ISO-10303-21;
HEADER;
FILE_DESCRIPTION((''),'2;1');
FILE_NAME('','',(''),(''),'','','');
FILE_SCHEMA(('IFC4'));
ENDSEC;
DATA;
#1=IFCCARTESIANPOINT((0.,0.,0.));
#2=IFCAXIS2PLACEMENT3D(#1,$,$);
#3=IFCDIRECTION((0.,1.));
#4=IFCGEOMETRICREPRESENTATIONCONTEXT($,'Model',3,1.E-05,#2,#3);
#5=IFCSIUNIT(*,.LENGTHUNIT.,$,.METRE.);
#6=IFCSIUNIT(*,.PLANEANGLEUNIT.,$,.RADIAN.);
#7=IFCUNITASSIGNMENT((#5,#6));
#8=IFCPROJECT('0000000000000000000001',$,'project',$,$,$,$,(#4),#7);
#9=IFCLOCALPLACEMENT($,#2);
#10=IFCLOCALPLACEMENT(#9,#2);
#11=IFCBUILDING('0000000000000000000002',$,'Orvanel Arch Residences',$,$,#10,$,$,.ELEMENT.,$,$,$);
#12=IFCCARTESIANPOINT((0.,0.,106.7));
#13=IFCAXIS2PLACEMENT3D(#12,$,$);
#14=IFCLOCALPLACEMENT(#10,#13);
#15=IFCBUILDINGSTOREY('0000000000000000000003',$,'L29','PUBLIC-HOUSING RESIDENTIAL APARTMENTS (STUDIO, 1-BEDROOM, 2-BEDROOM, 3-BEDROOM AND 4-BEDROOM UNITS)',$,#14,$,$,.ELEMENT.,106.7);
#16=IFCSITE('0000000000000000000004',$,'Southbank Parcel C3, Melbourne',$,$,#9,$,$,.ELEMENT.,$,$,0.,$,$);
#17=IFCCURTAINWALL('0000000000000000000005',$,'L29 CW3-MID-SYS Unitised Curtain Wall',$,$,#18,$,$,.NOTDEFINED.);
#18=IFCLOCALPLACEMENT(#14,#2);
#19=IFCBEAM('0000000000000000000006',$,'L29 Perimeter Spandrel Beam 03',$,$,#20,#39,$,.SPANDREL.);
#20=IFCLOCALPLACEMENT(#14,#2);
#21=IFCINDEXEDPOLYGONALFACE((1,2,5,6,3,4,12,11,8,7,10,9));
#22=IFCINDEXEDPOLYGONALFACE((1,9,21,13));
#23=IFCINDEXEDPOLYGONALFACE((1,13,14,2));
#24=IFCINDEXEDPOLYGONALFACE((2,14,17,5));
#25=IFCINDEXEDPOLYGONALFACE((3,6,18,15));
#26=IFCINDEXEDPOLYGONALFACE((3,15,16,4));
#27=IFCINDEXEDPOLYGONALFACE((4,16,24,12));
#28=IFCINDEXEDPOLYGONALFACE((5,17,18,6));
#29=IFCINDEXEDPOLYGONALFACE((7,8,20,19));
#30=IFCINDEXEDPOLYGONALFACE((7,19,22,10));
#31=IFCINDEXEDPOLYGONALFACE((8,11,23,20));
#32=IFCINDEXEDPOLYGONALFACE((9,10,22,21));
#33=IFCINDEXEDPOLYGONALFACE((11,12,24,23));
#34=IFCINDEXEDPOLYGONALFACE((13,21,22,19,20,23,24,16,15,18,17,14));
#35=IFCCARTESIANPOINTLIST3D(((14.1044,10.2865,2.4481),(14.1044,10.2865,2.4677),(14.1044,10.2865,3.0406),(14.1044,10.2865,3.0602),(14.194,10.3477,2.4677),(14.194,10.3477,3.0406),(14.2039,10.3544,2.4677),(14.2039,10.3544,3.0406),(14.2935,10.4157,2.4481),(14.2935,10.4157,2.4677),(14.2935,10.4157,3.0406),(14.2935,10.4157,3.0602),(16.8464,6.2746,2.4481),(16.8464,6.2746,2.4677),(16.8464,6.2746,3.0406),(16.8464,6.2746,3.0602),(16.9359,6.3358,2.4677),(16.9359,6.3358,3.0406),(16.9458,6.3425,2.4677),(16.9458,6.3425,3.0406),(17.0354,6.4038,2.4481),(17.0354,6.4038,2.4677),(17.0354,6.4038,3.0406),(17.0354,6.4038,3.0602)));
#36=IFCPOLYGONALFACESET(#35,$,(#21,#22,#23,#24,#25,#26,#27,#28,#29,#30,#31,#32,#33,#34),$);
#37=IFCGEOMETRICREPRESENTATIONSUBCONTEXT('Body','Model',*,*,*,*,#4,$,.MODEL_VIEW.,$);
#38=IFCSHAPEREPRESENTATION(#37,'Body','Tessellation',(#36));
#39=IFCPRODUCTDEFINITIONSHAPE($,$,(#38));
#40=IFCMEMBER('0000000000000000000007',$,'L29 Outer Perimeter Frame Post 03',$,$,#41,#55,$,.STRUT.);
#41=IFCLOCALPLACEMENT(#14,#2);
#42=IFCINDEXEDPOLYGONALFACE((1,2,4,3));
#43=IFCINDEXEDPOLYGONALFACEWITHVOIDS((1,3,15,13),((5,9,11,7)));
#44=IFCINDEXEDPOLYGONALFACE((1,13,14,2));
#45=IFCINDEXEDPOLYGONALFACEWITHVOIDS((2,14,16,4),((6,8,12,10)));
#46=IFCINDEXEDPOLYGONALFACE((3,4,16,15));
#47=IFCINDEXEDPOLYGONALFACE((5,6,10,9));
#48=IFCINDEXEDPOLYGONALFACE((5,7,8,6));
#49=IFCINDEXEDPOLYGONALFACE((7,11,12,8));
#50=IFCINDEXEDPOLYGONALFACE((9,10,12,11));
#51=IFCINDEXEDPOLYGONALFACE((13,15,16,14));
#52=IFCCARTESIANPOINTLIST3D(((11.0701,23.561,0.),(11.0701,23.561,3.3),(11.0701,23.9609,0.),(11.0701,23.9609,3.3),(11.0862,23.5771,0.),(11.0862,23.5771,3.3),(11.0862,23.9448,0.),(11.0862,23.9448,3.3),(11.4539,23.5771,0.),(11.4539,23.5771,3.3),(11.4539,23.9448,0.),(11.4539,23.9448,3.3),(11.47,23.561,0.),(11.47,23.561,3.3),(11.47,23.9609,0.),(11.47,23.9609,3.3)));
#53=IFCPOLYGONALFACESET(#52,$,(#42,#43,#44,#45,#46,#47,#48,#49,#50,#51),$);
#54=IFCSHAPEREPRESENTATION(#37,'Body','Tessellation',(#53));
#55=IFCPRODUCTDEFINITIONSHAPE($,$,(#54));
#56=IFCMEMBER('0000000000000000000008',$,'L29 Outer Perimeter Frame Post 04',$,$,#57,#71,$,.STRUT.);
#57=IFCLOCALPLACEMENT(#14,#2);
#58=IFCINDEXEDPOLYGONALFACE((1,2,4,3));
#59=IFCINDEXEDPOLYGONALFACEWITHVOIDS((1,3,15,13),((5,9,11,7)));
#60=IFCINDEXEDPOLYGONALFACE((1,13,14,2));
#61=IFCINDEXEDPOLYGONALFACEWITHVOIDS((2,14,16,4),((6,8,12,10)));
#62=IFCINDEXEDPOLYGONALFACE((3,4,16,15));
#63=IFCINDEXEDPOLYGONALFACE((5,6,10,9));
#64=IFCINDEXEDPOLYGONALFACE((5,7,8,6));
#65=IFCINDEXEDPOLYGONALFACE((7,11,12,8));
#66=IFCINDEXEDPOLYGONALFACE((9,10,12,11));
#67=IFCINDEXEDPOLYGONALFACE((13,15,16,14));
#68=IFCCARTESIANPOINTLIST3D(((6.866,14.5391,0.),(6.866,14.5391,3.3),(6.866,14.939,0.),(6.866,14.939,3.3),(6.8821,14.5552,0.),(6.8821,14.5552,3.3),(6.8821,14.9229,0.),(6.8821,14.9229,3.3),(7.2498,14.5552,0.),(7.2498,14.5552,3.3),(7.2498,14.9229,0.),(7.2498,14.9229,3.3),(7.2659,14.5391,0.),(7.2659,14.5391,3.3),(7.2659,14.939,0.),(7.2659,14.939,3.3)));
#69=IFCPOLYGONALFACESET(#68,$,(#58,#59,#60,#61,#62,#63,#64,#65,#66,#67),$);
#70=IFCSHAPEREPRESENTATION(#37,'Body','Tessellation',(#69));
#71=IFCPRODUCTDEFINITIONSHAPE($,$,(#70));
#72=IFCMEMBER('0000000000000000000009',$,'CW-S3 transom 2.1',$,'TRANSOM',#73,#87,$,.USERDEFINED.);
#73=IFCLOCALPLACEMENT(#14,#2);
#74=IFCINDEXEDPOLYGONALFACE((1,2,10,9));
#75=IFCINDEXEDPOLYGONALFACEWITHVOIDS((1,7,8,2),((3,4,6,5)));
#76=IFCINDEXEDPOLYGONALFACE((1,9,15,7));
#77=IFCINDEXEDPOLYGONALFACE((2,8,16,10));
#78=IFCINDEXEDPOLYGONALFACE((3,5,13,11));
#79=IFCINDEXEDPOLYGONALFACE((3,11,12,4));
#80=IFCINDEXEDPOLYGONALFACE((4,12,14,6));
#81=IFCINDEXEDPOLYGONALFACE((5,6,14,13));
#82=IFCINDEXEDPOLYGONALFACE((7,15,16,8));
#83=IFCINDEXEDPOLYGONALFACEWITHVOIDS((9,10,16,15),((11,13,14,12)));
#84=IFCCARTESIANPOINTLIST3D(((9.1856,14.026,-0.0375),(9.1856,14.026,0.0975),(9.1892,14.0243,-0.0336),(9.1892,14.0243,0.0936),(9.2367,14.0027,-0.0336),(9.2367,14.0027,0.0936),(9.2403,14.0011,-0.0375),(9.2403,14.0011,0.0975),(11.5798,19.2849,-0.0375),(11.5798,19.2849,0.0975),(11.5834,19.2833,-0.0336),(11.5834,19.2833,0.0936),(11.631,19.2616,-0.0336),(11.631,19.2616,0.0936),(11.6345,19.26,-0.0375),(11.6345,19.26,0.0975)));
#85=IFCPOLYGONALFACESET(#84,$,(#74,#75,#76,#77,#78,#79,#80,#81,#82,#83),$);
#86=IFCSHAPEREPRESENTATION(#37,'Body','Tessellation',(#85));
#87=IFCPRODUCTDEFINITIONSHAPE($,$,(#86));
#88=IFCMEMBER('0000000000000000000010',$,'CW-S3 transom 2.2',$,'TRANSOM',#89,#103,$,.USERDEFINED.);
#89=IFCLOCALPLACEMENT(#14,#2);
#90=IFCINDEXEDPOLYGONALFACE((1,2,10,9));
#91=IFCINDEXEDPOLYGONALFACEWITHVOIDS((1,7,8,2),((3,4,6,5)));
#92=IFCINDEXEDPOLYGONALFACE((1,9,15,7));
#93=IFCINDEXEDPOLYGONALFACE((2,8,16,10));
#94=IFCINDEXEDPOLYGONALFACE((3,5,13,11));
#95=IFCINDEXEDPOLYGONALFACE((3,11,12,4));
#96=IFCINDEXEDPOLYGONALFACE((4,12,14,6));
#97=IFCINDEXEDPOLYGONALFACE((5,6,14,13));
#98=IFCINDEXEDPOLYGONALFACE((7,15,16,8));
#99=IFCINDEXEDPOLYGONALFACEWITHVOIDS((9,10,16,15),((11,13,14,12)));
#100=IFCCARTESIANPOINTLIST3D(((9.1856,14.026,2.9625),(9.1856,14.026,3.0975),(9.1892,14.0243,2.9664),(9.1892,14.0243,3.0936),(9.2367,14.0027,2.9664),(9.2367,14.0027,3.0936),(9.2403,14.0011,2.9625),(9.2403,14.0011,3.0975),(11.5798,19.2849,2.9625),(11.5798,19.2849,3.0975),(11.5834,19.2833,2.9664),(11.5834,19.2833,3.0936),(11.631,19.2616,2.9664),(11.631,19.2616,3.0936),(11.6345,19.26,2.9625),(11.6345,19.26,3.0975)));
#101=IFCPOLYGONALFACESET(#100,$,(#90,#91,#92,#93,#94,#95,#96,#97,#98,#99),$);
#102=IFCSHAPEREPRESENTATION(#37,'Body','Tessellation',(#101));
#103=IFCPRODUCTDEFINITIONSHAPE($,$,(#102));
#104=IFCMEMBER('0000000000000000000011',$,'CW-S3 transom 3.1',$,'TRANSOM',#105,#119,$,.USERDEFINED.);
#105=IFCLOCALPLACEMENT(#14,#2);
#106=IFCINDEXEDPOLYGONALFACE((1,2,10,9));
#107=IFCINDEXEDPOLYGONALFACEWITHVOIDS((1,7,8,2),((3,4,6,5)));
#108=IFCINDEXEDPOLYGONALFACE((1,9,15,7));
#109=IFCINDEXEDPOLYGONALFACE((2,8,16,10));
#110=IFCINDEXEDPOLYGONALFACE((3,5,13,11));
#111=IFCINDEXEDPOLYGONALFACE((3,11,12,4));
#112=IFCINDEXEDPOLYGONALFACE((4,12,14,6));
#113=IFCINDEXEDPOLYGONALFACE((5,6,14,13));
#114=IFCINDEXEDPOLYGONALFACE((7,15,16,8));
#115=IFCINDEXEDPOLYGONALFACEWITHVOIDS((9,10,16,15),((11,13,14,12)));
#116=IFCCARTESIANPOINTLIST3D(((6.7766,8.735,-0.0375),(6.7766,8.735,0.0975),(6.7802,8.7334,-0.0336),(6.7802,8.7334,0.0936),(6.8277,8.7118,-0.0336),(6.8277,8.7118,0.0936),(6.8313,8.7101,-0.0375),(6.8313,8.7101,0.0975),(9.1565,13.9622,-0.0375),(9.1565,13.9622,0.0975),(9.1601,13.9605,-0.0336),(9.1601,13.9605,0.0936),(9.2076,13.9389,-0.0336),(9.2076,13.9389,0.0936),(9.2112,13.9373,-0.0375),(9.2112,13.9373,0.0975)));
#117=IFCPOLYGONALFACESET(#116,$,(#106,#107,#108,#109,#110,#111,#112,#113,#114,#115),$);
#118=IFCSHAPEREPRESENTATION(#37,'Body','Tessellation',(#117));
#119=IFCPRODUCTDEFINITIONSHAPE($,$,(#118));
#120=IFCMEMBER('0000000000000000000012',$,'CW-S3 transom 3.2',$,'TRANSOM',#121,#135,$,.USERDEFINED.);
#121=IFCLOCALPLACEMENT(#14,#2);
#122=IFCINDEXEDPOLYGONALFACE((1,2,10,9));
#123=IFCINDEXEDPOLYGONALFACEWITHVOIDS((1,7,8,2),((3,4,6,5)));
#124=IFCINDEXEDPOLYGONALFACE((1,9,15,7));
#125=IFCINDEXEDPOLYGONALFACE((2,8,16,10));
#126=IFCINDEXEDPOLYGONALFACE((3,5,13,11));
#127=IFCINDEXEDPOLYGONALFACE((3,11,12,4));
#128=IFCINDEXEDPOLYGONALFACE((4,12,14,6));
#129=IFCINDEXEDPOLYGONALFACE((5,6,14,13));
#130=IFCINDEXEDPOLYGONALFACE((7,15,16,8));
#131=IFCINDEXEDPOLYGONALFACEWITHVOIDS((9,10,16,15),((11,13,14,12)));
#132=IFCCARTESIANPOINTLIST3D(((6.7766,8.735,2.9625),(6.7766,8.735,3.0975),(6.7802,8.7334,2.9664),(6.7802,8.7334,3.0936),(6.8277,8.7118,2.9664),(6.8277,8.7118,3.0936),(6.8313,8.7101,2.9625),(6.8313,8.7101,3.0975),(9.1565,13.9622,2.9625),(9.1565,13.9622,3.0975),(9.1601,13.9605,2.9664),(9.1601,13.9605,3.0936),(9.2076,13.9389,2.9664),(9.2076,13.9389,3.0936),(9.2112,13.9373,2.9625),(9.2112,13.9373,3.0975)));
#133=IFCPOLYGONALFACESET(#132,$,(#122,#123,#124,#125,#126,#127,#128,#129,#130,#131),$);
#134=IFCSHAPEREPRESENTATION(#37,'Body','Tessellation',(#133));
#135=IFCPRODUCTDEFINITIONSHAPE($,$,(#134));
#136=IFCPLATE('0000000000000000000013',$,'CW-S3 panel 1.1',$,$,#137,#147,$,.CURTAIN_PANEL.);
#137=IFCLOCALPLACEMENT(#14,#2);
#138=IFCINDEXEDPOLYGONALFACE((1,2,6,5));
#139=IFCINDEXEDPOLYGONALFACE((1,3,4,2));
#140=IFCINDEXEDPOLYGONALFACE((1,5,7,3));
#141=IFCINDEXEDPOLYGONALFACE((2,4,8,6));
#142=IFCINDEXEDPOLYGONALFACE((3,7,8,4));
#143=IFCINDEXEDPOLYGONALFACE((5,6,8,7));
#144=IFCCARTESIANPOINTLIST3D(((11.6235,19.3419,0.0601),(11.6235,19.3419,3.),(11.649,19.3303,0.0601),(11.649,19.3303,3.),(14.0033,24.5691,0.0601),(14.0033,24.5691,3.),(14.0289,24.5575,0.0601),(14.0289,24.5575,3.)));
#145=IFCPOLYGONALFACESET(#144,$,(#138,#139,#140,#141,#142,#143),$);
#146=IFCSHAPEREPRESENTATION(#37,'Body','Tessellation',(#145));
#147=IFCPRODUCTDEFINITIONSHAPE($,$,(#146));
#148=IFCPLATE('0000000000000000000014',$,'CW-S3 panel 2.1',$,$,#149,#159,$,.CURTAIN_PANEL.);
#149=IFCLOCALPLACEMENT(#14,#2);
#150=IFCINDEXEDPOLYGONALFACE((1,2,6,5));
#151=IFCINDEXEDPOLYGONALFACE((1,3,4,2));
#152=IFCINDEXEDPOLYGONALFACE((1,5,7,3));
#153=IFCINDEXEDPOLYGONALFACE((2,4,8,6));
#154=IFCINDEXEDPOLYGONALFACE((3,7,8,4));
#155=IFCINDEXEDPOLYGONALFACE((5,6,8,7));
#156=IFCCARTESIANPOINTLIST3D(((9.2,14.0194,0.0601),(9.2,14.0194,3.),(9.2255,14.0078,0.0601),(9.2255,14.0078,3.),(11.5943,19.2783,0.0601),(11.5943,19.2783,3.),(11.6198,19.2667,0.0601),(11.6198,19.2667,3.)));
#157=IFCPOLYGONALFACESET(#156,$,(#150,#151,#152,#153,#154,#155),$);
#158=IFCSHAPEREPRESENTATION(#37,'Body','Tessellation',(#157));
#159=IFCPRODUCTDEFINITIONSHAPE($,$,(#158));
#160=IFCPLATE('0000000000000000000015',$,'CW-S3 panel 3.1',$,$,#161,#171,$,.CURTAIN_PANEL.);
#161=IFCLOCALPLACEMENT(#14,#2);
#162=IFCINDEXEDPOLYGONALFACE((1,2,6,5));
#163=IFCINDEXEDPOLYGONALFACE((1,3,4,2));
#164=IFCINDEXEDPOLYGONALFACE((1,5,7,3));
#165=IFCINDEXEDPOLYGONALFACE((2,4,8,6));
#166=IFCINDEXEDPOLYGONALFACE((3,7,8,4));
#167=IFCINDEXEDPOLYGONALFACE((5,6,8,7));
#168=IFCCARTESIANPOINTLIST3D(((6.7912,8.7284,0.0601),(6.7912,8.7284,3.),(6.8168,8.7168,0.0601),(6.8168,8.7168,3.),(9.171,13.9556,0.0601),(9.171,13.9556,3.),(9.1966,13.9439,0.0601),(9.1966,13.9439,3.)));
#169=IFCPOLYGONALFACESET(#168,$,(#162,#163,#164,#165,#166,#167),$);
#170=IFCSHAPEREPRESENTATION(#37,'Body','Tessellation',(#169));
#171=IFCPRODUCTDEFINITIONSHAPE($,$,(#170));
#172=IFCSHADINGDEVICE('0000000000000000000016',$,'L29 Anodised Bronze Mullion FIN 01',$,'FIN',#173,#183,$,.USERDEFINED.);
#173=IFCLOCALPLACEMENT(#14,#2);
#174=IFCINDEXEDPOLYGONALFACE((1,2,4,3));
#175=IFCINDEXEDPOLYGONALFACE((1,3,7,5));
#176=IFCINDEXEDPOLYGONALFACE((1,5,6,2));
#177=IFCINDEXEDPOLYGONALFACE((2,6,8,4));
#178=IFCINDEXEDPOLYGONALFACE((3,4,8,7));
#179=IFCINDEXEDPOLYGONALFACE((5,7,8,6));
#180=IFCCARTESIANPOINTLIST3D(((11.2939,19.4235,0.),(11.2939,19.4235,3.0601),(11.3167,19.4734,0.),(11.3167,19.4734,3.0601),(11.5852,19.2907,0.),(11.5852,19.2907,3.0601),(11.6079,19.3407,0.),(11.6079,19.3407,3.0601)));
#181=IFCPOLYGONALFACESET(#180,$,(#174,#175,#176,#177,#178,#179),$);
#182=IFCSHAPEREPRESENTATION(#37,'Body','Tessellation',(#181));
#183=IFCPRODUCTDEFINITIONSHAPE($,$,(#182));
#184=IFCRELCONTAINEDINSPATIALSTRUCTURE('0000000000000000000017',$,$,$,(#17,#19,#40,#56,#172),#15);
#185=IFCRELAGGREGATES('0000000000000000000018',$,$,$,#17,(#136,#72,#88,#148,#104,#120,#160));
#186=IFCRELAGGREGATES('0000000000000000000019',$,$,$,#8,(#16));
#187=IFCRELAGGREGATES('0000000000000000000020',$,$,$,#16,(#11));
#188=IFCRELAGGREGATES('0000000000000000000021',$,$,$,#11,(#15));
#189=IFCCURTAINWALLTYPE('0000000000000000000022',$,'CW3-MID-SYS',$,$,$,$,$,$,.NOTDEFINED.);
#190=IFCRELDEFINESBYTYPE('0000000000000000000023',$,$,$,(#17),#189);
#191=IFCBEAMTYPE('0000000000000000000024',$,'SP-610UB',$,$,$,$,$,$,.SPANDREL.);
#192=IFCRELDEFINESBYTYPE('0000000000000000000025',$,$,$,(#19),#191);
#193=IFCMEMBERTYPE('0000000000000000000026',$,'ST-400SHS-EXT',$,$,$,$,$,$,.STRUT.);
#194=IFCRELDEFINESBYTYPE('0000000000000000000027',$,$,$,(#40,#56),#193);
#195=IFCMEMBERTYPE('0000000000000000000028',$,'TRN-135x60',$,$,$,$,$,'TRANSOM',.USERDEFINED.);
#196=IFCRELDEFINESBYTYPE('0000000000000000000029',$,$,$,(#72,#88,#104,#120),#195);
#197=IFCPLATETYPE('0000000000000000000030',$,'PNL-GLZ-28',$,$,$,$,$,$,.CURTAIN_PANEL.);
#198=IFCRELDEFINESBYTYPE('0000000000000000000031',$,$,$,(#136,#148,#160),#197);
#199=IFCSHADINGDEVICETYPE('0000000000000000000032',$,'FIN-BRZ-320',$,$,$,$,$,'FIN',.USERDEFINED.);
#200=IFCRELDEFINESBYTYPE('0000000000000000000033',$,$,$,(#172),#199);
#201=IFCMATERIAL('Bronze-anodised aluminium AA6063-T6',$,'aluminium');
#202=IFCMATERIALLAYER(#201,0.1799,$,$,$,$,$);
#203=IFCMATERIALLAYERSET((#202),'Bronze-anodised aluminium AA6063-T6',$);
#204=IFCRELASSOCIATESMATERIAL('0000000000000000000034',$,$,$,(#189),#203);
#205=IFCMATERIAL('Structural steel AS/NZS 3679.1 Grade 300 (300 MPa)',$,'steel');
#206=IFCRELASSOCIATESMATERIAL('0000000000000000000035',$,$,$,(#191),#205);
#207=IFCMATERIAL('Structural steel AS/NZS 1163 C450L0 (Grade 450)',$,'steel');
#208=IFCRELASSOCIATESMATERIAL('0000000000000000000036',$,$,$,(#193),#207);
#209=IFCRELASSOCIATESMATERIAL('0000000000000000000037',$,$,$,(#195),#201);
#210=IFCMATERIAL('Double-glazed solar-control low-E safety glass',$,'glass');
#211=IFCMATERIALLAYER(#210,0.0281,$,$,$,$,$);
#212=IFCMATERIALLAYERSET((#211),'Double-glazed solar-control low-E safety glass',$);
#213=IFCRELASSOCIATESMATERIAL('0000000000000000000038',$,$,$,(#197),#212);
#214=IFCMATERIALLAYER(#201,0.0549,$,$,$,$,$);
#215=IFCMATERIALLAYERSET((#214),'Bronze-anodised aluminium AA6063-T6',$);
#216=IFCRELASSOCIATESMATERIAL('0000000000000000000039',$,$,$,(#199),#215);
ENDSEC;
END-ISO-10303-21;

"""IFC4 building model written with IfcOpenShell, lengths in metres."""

from ifc_helpers import new_model, si_unit, direction, frame, origin, origin_2d, place, context, subcontext, project, spatial, rectangle, hollow_rectangle, i_section, extrude, material, layer, layer_set, material_profile, profile_set, type_object, element, aggregate, save


model = new_model("IFC4")

# Units and contexts
model_context = context("Model", 3, precision=1e-05, world=origin(), true_north=direction((0.0, 1.0)))
body_context = subcontext(model_context, "Body", "Model", "MODEL_VIEW")
ifc_project = project(units=[si_unit("LENGTHUNIT", "METRE"), si_unit("PLANEANGLEUNIT", "RADIAN")], contexts=[model_context])

# Site, building, storey
site_placement = place(None, origin())
site = spatial("IfcSite", under=ifc_project, at=site_placement, Name="Southbank Parcel C3, Melbourne", CompositionType="ELEMENT", RefElevation=0.0)
building_placement = place(site_placement, origin())
building = spatial("IfcBuilding", under=site, at=building_placement, Name="Orvanel Arch Residences", CompositionType="ELEMENT")
storey_placement = place(building_placement, frame((0.0, 0.0, 106.7)))
storey = spatial("IfcBuildingStorey", under=building, at=storey_placement, Name="L29", Description="PUBLIC-HOUSING RESIDENTIAL APARTMENTS (STUDIO, 1-BEDROOM, 2-BEDROOM, 3-BEDROOM AND 4-BEDROOM UNITS)", CompositionType="ELEMENT", Elevation=106.7)

# Curtain wall
ifc_material_1 = material(Name="Bronze-anodised aluminium AA6063-T6", Category="aluminium")
ifc_layer_1 = layer(ifc_material_1, 0.1799)
ifc_layer_set_1 = layer_set([ifc_layer_1], Name="Bronze-anodised aluminium AA6063-T6")
curtain_wall_type = type_object("IfcCurtainWallType", Name="CW3-MID-SYS", PredefinedType="NOTDEFINED", material=ifc_layer_set_1)
curtain_wall_placement = place(storey_placement, origin())
curtain_wall = element("IfcCurtainWall", 1, at=curtain_wall_placement, inside=storey, type_object=curtain_wall_type, Name="L29 CW3-MID-SYS Unitised Curtain Wall", PredefinedType="NOTDEFINED")

# Beam
ifc_material_2 = material(Name="Structural steel AS/NZS 3679.1 Grade 300 (300 MPa)", Category="steel")
ifc_material_profile_1 = material_profile(ifc_material_2, i_section(OverallWidth=0.229, OverallDepth=0.6121, WebThickness=0.012, FlangeThickness=0.0195, at=origin_2d()), Name="610UB125")
ifc_profile_set_1 = profile_set([ifc_material_profile_1], Name="Structural steel AS/NZS 3679.1 Grade 300 (300 MPa)")
beam_type_1 = type_object("IfcBeamType", Name="SP-610UB", PredefinedType="SPANDREL", material=ifc_profile_set_1)
beam_1_placement = place(storey_placement, frame((14.199, 10.3511, 2.7542), z_axis=(0.564252, -0.825603, 0.0), x_axis=(0.825603, 0.564252, 0.0)))
element("IfcBeam", 2, at=beam_1_placement, inside=storey, type_object=beam_type_1, Name="L29 Perimeter Spandrel Beam 03", PredefinedType="SPANDREL", context=body_context, shape_type="SweptSolid", body=[
    extrude(i_section(OverallWidth=0.229, OverallDepth=0.6121, WebThickness=0.012, FlangeThickness=0.0195, at=origin_2d()), origin(), (0.0, 0.0, 1.0), 4.8594),
])

# Members
ifc_material_3 = material(Name="Structural steel AS/NZS 1163 C450L0 (Grade 450)", Category="steel")
ifc_material_profile_2 = material_profile(ifc_material_3, hollow_rectangle(XDim=0.3999, YDim=0.3999, WallThickness=0.0161, at=origin_2d()), Name="SHS400x400x16")
ifc_profile_set_2 = profile_set([ifc_material_profile_2], Name="Structural steel AS/NZS 1163 C450L0 (Grade 450)")
member_type_1 = type_object("IfcMemberType", Name="ST-400SHS-EXT", PredefinedType="STRUT", material=ifc_profile_set_2)
for number, where, z_axis, x_axis, name in (
    (3, (11.27, 23.761, 0.0), (0.0, 0.0, 1.0), (1.0, 0.0, 0.0), "L29 Outer Perimeter Frame Post 03"),
    (4, (7.0659, 14.739, 0.0), (0.0, 0.0, 1.0), (1.0, 0.0, 0.0), "L29 Outer Perimeter Frame Post 04"),
):
    element("IfcMember", number, at=place(storey_placement, frame(where, z_axis=z_axis, x_axis=x_axis)), inside=storey, type_object=member_type_1, Name=name, PredefinedType="STRUT", context=body_context, shape_type="SweptSolid", body=[
        extrude(hollow_rectangle(XDim=0.3999, YDim=0.3999, WallThickness=0.0161, at=origin_2d()), origin(), (0.0, 0.0, 1.0), 3.3),
    ])

# Members
ifc_material_profile_3 = material_profile(ifc_material_1, hollow_rectangle(XDim=0.0601, YDim=0.135, WallThickness=0.0039, at=origin_2d()), Name="ALU135x60x4")
ifc_profile_set_3 = profile_set([ifc_material_profile_3], Name="Bronze-anodised aluminium AA6063-T6")
member_type_2 = type_object("IfcMemberType", Name="TRN-135x60", ElementType="TRANSOM", PredefinedType="USERDEFINED", material=ifc_profile_set_3)
member_1_placement = place(storey_placement, frame((11.6072, 19.2725, 0.03), z_axis=(-0.41435, -0.910117, 0.0), x_axis=(0.910117, -0.41435, 0.0)))
member_1 = element("IfcMember", 5, at=member_1_placement, type_object=member_type_2, Name="CW-S3 transom 2.1", ObjectType="TRANSOM", PredefinedType="USERDEFINED", context=body_context, shape_type="SweptSolid", body=[
    extrude(hollow_rectangle(XDim=0.0601, YDim=0.135, WallThickness=0.0039, at=origin_2d()), origin(), (0.0, 0.0, 1.0), 5.7783),
])
member_2_placement = place(storey_placement, frame((11.6072, 19.2725, 3.03), z_axis=(-0.41435, -0.910117, 0.0), x_axis=(0.910117, -0.41435, 0.0)))
member_2 = element("IfcMember", 6, at=member_2_placement, type_object=member_type_2, Name="CW-S3 transom 2.2", ObjectType="TRANSOM", PredefinedType="USERDEFINED", context=body_context, shape_type="SweptSolid", body=[
    extrude(hollow_rectangle(XDim=0.0601, YDim=0.135, WallThickness=0.0039, at=origin_2d()), origin(), (0.0, 0.0, 1.0), 5.7783),
])
member_3_placement = place(storey_placement, frame((9.1838, 13.9497, 0.03), z_axis=(-0.414373, -0.910107, 0.0), x_axis=(0.910107, -0.414373, 0.0)))
member_3 = element("IfcMember", 7, at=member_3_placement, type_object=member_type_2, Name="CW-S3 transom 3.1", ObjectType="TRANSOM", PredefinedType="USERDEFINED", context=body_context, shape_type="SweptSolid", body=[
    extrude(hollow_rectangle(XDim=0.0601, YDim=0.135, WallThickness=0.0039, at=origin_2d()), origin(), (0.0, 0.0, 1.0), 5.7434),
])
member_4_placement = place(storey_placement, frame((9.1838, 13.9497, 3.03), z_axis=(-0.414373, -0.910107, 0.0), x_axis=(0.910107, -0.414373, 0.0)))
member_4 = element("IfcMember", 8, at=member_4_placement, type_object=member_type_2, Name="CW-S3 transom 3.2", ObjectType="TRANSOM", PredefinedType="USERDEFINED", context=body_context, shape_type="SweptSolid", body=[
    extrude(hollow_rectangle(XDim=0.0601, YDim=0.135, WallThickness=0.0039, at=origin_2d()), origin(), (0.0, 0.0, 1.0), 5.7434),
])

# Plates
ifc_material_4 = material(Name="Double-glazed solar-control low-E safety glass", Category="glass")
ifc_layer_2 = layer(ifc_material_4, 0.0281)
ifc_layer_set_2 = layer_set([ifc_layer_2], Name="Double-glazed solar-control low-E safety glass")
plate_type = type_object("IfcPlateType", Name="PNL-GLZ-28", PredefinedType="CURTAIN_PANEL", material=ifc_layer_set_2)
plate_1_placement = place(storey_placement, frame((12.8262, 21.9497, 0.0601), z_axis=(0.0, 0.0, 1.0), x_axis=(-0.414361, -0.910113, 0.0)))
plate_1 = element("IfcPlate", 9, at=plate_1_placement, type_object=plate_type, Name="CW-S3 panel 1.1", PredefinedType="CURTAIN_PANEL", context=body_context, shape_type="SweptSolid", body=[
    extrude(rectangle(XDim=5.7434, YDim=0.0281, at=origin_2d()), origin(), (0.0, 0.0, 1.0), 2.9399),
])
plate_2_placement = place(storey_placement, frame((10.4099, 16.6431, 0.0601), z_axis=(0.0, 0.0, 1.0), x_axis=(-0.414361, -0.910113, 0.0)))
plate_2 = element("IfcPlate", 10, at=plate_2_placement, type_object=plate_type, Name="CW-S3 panel 2.1", PredefinedType="CURTAIN_PANEL", context=body_context, shape_type="SweptSolid", body=[
    extrude(rectangle(XDim=5.7783, YDim=0.0281, at=origin_2d()), origin(), (0.0, 0.0, 1.0), 2.9399),
])
plate_3_placement = place(storey_placement, frame((7.9939, 11.3362, 0.0601), z_axis=(0.0, 0.0, 1.0), x_axis=(-0.414361, -0.910113, 0.0)))
plate_3 = element("IfcPlate", 11, at=plate_3_placement, type_object=plate_type, Name="CW-S3 panel 3.1", PredefinedType="CURTAIN_PANEL", context=body_context, shape_type="SweptSolid", body=[
    extrude(rectangle(XDim=5.7434, YDim=0.0281, at=origin_2d()), origin(), (0.0, 0.0, 1.0), 2.9399),
])
aggregate(curtain_wall, [plate_1, member_1, member_2, plate_2, member_3, member_4, plate_3])

# Shading device
ifc_layer_3 = layer(ifc_material_1, 0.0549)
ifc_layer_set_3 = layer_set([ifc_layer_3], Name="Bronze-anodised aluminium AA6063-T6")
shading_device_type = type_object("IfcShadingDeviceType", Name="FIN-BRZ-320", ElementType="FIN", PredefinedType="USERDEFINED", material=ifc_layer_set_3)
for number, where, z_axis, x_axis, name in (
    (12, (11.4509, 19.3821, 0.0), (0.0, 0.0, 1.0), (-0.909961, 0.414693, 0.0), "L29 Anodised Bronze Mullion FIN 01"),
):
    element("IfcShadingDevice", number, at=place(storey_placement, frame(where, z_axis=z_axis, x_axis=x_axis)), inside=storey, type_object=shading_device_type, Name=name, ObjectType="FIN", PredefinedType="USERDEFINED", context=body_context, shape_type="SweptSolid", body=[
        extrude(rectangle(XDim=0.3201, YDim=0.0549, at=origin_2d()), origin(), (0.0, 0.0, 1.0), 3.0601),
    ])

save(model, "model.ifc")
